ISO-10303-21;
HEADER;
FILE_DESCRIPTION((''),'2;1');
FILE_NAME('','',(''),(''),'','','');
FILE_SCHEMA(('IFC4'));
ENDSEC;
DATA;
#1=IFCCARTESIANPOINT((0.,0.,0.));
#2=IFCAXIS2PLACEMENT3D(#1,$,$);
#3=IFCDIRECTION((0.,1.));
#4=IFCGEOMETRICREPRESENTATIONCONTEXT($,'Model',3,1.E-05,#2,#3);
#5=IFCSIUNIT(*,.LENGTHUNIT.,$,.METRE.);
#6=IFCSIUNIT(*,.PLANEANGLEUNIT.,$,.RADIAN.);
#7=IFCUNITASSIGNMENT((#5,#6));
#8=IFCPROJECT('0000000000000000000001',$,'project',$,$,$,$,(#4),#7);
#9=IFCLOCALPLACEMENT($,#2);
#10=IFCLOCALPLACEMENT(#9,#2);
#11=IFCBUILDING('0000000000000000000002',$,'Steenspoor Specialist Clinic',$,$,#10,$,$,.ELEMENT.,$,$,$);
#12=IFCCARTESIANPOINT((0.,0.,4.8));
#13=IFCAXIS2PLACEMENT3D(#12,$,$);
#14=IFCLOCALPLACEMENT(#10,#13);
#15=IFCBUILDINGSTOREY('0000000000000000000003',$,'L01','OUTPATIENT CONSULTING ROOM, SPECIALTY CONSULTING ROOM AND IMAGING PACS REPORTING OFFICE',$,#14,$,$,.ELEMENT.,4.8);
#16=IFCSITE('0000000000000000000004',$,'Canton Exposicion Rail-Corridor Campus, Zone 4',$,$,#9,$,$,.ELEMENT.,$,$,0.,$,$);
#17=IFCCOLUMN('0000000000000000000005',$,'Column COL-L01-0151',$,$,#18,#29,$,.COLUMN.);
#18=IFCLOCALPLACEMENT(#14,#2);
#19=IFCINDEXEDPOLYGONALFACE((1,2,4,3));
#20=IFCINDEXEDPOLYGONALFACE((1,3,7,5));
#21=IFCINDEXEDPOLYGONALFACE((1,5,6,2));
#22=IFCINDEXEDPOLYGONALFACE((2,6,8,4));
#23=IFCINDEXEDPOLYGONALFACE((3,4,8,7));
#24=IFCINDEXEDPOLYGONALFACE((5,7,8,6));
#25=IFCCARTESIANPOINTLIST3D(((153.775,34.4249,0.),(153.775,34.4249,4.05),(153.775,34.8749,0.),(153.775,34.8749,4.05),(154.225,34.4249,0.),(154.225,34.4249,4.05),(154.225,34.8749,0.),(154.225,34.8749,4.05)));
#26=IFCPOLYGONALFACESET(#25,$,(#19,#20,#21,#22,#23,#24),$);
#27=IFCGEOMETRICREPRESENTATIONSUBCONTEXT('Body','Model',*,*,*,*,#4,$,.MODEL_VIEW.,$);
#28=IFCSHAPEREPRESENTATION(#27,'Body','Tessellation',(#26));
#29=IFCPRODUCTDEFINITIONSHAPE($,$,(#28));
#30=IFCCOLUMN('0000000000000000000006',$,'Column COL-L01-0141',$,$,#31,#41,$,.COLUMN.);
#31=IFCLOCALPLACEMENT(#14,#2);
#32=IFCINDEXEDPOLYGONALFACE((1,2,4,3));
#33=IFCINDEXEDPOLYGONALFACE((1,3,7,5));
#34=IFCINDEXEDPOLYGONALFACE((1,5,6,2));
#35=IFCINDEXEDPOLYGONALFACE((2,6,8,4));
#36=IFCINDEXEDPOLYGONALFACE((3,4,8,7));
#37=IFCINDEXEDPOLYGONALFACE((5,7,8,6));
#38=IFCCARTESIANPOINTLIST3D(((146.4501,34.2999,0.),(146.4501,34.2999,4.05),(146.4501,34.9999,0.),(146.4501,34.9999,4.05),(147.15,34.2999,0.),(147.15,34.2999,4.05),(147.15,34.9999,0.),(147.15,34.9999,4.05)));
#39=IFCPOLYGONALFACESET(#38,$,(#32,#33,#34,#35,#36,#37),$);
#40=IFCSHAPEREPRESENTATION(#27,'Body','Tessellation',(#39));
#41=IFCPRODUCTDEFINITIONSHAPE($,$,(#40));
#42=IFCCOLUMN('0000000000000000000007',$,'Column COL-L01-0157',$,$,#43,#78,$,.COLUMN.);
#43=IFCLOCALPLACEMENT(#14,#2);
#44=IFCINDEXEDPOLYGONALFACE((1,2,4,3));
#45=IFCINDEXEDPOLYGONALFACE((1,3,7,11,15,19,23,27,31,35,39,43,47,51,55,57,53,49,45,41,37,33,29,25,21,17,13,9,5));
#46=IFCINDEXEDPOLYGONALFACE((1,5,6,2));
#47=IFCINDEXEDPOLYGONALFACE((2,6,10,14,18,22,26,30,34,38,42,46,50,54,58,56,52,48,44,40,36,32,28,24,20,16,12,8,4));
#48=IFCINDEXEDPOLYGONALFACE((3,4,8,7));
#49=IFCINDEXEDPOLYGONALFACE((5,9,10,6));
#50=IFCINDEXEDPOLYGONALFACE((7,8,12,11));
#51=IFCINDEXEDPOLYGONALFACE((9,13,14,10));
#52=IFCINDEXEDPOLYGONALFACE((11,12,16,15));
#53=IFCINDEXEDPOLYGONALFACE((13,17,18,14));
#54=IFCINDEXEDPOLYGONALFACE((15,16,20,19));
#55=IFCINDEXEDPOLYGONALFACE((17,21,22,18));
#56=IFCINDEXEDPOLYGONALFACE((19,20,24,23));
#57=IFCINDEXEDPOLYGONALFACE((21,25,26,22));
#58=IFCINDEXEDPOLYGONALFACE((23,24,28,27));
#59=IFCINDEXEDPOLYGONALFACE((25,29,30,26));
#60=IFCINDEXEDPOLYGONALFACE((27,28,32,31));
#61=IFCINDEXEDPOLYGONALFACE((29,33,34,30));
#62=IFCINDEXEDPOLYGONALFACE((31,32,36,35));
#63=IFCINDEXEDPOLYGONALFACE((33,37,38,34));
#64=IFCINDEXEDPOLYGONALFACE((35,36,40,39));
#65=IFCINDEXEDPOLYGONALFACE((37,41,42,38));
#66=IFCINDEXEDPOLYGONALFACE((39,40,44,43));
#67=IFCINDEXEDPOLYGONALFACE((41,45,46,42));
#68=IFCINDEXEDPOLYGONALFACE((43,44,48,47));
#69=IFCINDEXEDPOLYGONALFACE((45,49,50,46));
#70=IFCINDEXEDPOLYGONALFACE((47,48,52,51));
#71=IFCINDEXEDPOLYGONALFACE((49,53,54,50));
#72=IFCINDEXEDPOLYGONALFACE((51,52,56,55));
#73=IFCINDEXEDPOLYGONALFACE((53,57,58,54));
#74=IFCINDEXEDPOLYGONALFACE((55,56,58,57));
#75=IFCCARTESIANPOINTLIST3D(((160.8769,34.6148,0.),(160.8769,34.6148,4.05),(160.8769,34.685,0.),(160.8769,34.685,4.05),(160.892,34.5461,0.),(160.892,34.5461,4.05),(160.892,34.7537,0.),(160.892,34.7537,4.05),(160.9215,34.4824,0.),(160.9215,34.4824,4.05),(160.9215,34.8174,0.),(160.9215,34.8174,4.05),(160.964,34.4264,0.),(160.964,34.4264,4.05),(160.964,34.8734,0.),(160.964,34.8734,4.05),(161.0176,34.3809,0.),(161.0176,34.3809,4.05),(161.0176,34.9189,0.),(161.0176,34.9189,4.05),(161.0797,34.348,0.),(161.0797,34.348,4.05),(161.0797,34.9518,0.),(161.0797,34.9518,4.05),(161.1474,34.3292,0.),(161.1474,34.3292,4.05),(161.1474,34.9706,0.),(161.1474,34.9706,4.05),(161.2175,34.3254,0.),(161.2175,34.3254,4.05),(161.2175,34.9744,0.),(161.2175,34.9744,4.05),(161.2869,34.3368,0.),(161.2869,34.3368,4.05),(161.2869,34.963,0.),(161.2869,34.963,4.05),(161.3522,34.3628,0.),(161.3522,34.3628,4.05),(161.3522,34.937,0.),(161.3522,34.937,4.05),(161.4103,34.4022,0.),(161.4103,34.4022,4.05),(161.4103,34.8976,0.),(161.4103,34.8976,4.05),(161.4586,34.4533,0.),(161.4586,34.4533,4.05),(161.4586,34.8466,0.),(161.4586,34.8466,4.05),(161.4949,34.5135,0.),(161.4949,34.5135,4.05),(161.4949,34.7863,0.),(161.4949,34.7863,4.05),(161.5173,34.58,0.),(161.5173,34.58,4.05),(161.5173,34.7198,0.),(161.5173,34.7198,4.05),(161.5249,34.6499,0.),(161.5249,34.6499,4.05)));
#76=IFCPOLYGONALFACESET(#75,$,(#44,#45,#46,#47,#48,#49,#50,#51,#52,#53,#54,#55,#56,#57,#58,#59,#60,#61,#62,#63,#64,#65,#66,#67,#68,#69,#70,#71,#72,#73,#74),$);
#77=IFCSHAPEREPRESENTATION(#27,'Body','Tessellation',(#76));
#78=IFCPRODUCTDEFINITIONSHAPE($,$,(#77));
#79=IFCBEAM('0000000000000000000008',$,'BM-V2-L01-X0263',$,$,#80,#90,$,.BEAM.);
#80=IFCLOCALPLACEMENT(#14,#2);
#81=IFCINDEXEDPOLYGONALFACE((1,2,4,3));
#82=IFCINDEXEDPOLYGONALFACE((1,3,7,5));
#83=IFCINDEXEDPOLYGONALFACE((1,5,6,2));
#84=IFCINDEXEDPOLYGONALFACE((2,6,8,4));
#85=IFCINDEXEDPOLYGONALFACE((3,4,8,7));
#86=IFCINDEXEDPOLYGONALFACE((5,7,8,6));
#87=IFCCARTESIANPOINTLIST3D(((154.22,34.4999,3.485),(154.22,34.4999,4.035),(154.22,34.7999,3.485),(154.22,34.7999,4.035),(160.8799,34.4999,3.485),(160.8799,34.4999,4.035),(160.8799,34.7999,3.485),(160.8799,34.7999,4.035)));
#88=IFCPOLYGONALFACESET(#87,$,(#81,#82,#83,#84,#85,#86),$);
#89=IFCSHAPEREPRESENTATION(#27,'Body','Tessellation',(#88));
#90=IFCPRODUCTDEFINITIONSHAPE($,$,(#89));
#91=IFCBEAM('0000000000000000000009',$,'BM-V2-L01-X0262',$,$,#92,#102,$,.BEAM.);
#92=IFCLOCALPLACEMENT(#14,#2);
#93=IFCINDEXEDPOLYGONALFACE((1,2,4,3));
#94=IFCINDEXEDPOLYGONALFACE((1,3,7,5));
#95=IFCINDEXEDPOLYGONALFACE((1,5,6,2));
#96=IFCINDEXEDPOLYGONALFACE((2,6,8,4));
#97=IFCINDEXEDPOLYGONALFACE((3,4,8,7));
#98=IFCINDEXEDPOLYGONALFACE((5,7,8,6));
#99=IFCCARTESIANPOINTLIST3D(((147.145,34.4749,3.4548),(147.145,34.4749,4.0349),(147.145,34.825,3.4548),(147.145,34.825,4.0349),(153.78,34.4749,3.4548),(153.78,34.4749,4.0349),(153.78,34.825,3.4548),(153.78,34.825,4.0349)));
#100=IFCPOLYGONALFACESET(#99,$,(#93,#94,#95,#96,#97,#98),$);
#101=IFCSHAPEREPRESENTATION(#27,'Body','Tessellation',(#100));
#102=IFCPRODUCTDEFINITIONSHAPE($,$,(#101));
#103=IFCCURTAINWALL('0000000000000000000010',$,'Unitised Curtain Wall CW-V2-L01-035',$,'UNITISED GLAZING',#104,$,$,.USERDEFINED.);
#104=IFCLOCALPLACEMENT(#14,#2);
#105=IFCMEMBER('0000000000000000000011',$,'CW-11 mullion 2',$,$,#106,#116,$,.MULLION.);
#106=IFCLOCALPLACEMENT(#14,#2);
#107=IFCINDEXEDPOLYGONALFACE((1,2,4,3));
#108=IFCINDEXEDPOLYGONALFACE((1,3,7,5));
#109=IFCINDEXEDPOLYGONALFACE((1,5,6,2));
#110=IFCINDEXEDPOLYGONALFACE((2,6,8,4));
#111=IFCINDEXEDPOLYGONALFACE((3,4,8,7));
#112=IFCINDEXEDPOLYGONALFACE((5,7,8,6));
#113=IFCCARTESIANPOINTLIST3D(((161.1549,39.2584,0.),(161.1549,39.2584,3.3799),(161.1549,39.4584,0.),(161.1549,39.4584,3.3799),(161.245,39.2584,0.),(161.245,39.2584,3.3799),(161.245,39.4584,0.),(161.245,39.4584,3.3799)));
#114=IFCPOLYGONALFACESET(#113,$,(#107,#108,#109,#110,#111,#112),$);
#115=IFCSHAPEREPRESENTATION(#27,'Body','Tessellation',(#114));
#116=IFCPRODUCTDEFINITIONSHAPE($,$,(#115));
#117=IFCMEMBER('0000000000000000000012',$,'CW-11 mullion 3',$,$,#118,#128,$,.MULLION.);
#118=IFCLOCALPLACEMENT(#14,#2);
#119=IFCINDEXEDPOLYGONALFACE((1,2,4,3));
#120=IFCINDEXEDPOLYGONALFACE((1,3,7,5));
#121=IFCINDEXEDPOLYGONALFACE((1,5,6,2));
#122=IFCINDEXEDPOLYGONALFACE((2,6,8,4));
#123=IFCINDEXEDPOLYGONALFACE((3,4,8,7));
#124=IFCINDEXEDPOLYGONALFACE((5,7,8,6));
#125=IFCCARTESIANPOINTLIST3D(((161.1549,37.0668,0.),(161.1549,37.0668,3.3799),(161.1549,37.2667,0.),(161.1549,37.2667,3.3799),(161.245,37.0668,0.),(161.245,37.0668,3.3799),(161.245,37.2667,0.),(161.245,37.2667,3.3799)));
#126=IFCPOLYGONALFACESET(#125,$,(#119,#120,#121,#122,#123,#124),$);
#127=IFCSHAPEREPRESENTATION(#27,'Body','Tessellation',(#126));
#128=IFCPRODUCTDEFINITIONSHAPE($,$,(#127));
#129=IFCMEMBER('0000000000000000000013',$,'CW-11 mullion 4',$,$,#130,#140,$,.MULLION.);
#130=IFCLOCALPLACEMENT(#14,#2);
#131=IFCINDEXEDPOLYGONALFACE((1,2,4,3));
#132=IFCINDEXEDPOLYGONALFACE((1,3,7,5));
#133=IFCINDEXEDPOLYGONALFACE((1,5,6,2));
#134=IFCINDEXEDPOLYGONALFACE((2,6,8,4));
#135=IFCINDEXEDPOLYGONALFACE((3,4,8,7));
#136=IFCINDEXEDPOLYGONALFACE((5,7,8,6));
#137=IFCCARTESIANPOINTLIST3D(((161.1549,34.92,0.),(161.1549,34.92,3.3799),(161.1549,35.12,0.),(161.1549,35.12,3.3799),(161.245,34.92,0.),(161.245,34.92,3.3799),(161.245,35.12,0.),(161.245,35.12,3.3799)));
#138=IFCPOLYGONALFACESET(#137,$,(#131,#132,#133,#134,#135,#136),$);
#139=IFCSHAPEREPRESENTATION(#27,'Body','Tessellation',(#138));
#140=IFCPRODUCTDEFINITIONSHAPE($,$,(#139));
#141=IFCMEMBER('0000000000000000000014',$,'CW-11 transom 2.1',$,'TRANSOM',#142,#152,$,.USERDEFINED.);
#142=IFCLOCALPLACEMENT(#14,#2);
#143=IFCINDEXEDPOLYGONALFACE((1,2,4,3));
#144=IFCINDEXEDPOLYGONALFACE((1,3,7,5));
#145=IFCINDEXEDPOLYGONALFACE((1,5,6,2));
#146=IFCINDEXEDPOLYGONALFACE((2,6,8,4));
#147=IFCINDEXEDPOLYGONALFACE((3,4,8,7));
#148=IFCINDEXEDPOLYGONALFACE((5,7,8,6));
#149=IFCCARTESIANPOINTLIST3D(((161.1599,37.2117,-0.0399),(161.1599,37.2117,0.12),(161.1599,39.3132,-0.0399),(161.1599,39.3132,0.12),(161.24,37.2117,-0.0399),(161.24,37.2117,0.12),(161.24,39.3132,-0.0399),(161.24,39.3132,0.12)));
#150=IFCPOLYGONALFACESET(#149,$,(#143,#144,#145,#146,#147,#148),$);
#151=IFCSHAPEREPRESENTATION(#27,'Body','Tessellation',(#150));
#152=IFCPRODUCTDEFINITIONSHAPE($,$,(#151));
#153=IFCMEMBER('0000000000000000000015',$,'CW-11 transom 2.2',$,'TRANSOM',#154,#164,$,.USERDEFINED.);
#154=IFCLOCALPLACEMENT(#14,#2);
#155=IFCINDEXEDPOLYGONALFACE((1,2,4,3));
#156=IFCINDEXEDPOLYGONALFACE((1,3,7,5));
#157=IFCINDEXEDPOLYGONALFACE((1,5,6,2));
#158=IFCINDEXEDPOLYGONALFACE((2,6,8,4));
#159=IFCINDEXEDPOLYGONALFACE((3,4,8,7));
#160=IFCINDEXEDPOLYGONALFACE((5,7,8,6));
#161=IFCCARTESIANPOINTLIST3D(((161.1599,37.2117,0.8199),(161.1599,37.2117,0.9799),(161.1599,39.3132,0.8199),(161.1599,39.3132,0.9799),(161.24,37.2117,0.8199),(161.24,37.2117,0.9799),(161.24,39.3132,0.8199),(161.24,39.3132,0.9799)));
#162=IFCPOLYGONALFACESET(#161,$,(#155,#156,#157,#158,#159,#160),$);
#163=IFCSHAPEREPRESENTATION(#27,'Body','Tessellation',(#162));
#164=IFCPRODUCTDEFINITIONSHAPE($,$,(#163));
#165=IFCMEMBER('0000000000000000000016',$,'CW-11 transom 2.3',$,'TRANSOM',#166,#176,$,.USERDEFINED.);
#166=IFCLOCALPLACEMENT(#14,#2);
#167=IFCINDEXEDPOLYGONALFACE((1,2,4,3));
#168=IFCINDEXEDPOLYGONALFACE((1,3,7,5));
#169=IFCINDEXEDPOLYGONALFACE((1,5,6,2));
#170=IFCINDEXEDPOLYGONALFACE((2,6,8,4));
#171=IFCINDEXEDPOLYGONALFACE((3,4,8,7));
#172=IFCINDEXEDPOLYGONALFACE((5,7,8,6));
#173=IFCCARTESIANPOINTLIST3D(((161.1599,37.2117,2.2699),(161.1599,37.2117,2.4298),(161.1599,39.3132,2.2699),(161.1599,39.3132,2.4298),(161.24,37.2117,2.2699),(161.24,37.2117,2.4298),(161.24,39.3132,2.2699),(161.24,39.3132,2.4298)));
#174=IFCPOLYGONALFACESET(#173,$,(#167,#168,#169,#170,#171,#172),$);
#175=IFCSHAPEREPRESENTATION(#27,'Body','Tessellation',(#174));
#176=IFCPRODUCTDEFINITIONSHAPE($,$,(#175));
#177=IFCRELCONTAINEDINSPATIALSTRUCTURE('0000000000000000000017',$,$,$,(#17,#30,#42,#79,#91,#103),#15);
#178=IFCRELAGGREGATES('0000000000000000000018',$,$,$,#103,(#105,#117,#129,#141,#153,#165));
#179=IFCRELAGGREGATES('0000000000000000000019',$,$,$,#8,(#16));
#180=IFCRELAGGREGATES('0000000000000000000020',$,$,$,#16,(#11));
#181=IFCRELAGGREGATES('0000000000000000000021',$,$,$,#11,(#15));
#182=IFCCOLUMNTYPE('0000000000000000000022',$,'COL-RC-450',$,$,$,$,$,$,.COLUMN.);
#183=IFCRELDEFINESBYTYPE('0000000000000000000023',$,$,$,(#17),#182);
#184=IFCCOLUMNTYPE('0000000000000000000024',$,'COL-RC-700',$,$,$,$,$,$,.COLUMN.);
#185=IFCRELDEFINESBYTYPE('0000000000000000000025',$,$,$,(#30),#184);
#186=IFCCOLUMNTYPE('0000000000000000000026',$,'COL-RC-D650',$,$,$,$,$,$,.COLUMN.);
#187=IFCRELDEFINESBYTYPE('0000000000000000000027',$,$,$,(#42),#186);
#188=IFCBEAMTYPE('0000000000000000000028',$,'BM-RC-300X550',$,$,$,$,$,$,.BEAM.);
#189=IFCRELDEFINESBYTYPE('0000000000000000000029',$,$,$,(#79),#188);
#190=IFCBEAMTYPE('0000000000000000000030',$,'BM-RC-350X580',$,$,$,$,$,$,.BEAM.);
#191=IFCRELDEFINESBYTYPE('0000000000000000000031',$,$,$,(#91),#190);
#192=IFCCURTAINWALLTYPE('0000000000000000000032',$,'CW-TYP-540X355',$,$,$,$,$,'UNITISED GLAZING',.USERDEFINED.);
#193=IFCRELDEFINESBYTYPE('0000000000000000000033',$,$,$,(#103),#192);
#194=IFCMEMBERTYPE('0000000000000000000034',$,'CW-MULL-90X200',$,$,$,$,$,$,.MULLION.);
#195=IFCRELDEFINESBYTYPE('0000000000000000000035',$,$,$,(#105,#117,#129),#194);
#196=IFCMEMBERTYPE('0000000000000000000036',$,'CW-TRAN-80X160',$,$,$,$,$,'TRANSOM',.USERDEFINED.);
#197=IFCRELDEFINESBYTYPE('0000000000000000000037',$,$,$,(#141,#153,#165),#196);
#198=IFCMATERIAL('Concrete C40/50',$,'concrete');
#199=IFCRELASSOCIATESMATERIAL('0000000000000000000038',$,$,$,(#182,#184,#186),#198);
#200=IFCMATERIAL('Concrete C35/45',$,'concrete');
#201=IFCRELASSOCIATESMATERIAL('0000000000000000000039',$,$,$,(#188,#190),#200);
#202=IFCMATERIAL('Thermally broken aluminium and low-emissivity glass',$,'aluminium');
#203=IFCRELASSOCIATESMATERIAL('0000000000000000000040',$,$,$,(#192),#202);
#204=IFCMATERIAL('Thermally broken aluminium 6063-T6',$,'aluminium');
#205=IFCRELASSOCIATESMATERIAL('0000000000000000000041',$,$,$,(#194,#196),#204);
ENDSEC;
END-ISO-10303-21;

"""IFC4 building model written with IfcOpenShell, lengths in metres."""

from ifc_helpers import new_model, si_unit, direction, frame, origin, origin_2d, place, context, subcontext, project, spatial, rectangle, circle, extrude, material, material_profile, profile_set, type_object, element, aggregate, save


model = new_model("IFC4")

# Units and contexts
model_context = context("Model", 3, precision=1e-05, world=origin(), true_north=direction((0.0, 1.0)))
body_context = subcontext(model_context, "Body", "Model", "MODEL_VIEW")
ifc_project = project(units=[si_unit("LENGTHUNIT", "METRE"), si_unit("PLANEANGLEUNIT", "RADIAN")], contexts=[model_context])

# Site, building, storey
site_placement = place(None, origin())
site = spatial("IfcSite", under=ifc_project, at=site_placement, Name="Canton Exposicion Rail-Corridor Campus, Zone 4", CompositionType="ELEMENT", RefElevation=0.0)
building_placement = place(site_placement, origin())
building = spatial("IfcBuilding", under=site, at=building_placement, Name="Steenspoor Specialist Clinic", CompositionType="ELEMENT")
storey_placement = place(building_placement, frame((0.0, 0.0, 4.8)))
storey = spatial("IfcBuildingStorey", under=building, at=storey_placement, Name="L01", Description="OUTPATIENT CONSULTING ROOM, SPECIALTY CONSULTING ROOM AND IMAGING PACS REPORTING OFFICE", CompositionType="ELEMENT", Elevation=4.8)

# Columns
ifc_material_1 = material(Name="Concrete C40/50", Category="concrete")
ifc_material_profile_1 = material_profile(ifc_material_1, rectangle(XDim=0.45, YDim=0.45, at=origin_2d()), Name="RC-COL-450X450")
ifc_profile_set_1 = profile_set([ifc_material_profile_1], Name="Concrete C40/50")
column_type_1 = type_object("IfcColumnType", Name="COL-RC-450", PredefinedType="COLUMN", material=ifc_profile_set_1)
column_1_placement = place(storey_placement, frame((154.0, 34.6499, 0.0), z_axis=(0.0, 0.0, 1.0), x_axis=(1.0, 0.0, 0.0)))
element("IfcColumn", 1, at=column_1_placement, inside=storey, type_object=column_type_1, Name="Column COL-L01-0151", PredefinedType="COLUMN", context=body_context, shape_type="SweptSolid", body=[
    extrude(rectangle(XDim=0.45, YDim=0.45, at=origin_2d()), origin(), (0.0, 0.0, 1.0), 4.05),
])
ifc_material_profile_2 = material_profile(ifc_material_1, rectangle(XDim=0.7, YDim=0.7, at=origin_2d()), Name="RC-COL-700X700")
ifc_profile_set_2 = profile_set([ifc_material_profile_2], Name="Concrete C40/50")
column_type_2 = type_object("IfcColumnType", Name="COL-RC-700", PredefinedType="COLUMN", material=ifc_profile_set_2)
column_2_placement = place(storey_placement, frame((146.8, 34.6499, 0.0), z_axis=(0.0, 0.0, 1.0), x_axis=(1.0, 0.0, 0.0)))
element("IfcColumn", 2, at=column_2_placement, inside=storey, type_object=column_type_2, Name="Column COL-L01-0141", PredefinedType="COLUMN", context=body_context, shape_type="SweptSolid", body=[
    extrude(rectangle(XDim=0.7, YDim=0.7, at=origin_2d()), origin(), (0.0, 0.0, 1.0), 4.05),
])
ifc_material_profile_3 = material_profile(ifc_material_1, circle(Radius=0.325, at=origin_2d()), Name="RC-COL-D650")
ifc_profile_set_3 = profile_set([ifc_material_profile_3], Name="Concrete C40/50")
column_type_3 = type_object("IfcColumnType", Name="COL-RC-D650", PredefinedType="COLUMN", material=ifc_profile_set_3)
column_3_placement = place(storey_placement, frame((161.2, 34.6499, 0.0), z_axis=(0.0, 0.0, 1.0), x_axis=(1.0, 0.0, 0.0)))
element("IfcColumn", 3, at=column_3_placement, inside=storey, type_object=column_type_3, Name="Column COL-L01-0157", PredefinedType="COLUMN", context=body_context, shape_type="SweptSolid", body=[
    extrude(circle(Radius=0.325, at=origin_2d()), origin(), (0.0, 0.0, 1.0), 4.05),
])

# Beams
ifc_material_2 = material(Name="Concrete C35/45", Category="concrete")
ifc_material_profile_4 = material_profile(ifc_material_2, rectangle(XDim=0.3, YDim=0.55, at=origin_2d()), Name="RC-BM-300X550")
ifc_profile_set_4 = profile_set([ifc_material_profile_4], Name="Concrete C35/45")
beam_type_1 = type_object("IfcBeamType", Name="BM-RC-300X550", PredefinedType="BEAM", material=ifc_profile_set_4)
beam_1_placement = place(storey_placement, frame((154.22, 34.6499, 3.76), z_axis=(1.0, 0.0, 0.0), x_axis=(0.0, 1.0, 0.0)))
element("IfcBeam", 4, at=beam_1_placement, inside=storey, type_object=beam_type_1, Name="BM-V2-L01-X0263", PredefinedType="BEAM", context=body_context, shape_type="SweptSolid", body=[
    extrude(rectangle(XDim=0.3, YDim=0.55, at=origin_2d()), origin(), (0.0, 0.0, 1.0), 6.6599),
])
ifc_material_profile_5 = material_profile(ifc_material_2, rectangle(XDim=0.3501, YDim=0.5801, at=origin_2d()), Name="RC-BM-350X580")
ifc_profile_set_5 = profile_set([ifc_material_profile_5], Name="Concrete C35/45")
beam_type_2 = type_object("IfcBeamType", Name="BM-RC-350X580", PredefinedType="BEAM", material=ifc_profile_set_5)
beam_2_placement = place(storey_placement, frame((147.145, 34.6499, 3.7449), z_axis=(1.0, 0.0, 0.0), x_axis=(0.0, 1.0, 0.0)))
element("IfcBeam", 5, at=beam_2_placement, inside=storey, type_object=beam_type_2, Name="BM-V2-L01-X0262", PredefinedType="BEAM", context=body_context, shape_type="SweptSolid", body=[
    extrude(rectangle(XDim=0.3501, YDim=0.5801, at=origin_2d()), origin(), (0.0, 0.0, 1.0), 6.635),
])

# Curtain wall, members
ifc_material_3 = material(Name="Thermally broken aluminium and low-emissivity glass", Category="aluminium")
curtain_wall_type = type_object("IfcCurtainWallType", Name="CW-TYP-540X355", ElementType="UNITISED GLAZING", PredefinedType="USERDEFINED", material=ifc_material_3)
curtain_wall_placement = place(storey_placement, origin())
curtain_wall = element("IfcCurtainWall", 6, at=curtain_wall_placement, inside=storey, type_object=curtain_wall_type, Name="Unitised Curtain Wall CW-V2-L01-035", ObjectType="UNITISED GLAZING", PredefinedType="USERDEFINED")
ifc_material_4 = material(Name="Thermally broken aluminium 6063-T6", Category="aluminium")
ifc_material_profile_6 = material_profile(ifc_material_4, rectangle(XDim=0.0901, YDim=0.2, at=origin_2d()), Name="CWM-90X200")
ifc_profile_set_6 = profile_set([ifc_material_profile_6], Name="Thermally broken aluminium 6063-T6")
member_type_1 = type_object("IfcMemberType", Name="CW-MULL-90X200", PredefinedType="MULLION", material=ifc_profile_set_6)
member_1_placement = place(storey_placement, frame((161.2, 39.3584, 0.0), z_axis=(0.0, 0.0, 1.0), x_axis=(1.0, 0.0, 0.0)))
member_1 = element("IfcMember", 7, at=member_1_placement, type_object=member_type_1, Name="CW-11 mullion 2", PredefinedType="MULLION", context=body_context, shape_type="SweptSolid", body=[
    extrude(rectangle(XDim=0.0901, YDim=0.2, at=origin_2d()), origin(), (0.0, 0.0, 1.0), 3.3799),
])
member_2_placement = place(storey_placement, frame((161.2, 37.1667, 0.0), z_axis=(0.0, 0.0, 1.0), x_axis=(1.0, 0.0, 0.0)))
member_2 = element("IfcMember", 8, at=member_2_placement, type_object=member_type_1, Name="CW-11 mullion 3", PredefinedType="MULLION", context=body_context, shape_type="SweptSolid", body=[
    extrude(rectangle(XDim=0.0901, YDim=0.2, at=origin_2d()), origin(), (0.0, 0.0, 1.0), 3.3799),
])
member_3_placement = place(storey_placement, frame((161.2, 35.02, 0.0), z_axis=(0.0, 0.0, 1.0), x_axis=(1.0, 0.0, 0.0)))
member_3 = element("IfcMember", 9, at=member_3_placement, type_object=member_type_1, Name="CW-11 mullion 4", PredefinedType="MULLION", context=body_context, shape_type="SweptSolid", body=[
    extrude(rectangle(XDim=0.0901, YDim=0.2, at=origin_2d()), origin(), (0.0, 0.0, 1.0), 3.3799),
])
ifc_material_profile_7 = material_profile(ifc_material_4, rectangle(XDim=0.0801, YDim=0.1599, at=origin_2d()), Name="CWT-80X160")
ifc_profile_set_7 = profile_set([ifc_material_profile_7], Name="Thermally broken aluminium 6063-T6")
member_type_2 = type_object("IfcMemberType", Name="CW-TRAN-80X160", ElementType="TRANSOM", PredefinedType="USERDEFINED", material=ifc_profile_set_7)
member_4_placement = place(storey_placement, frame((161.2, 39.3132, 0.04), z_axis=(0.0, -1.0, 0.0), x_axis=(1.0, 0.0, 0.0)))
member_4 = element("IfcMember", 10, at=member_4_placement, type_object=member_type_2, Name="CW-11 transom 2.1", ObjectType="TRANSOM", PredefinedType="USERDEFINED", context=body_context, shape_type="SweptSolid", body=[
    extrude(rectangle(XDim=0.0801, YDim=0.1599, at=origin_2d()), origin(), (0.0, 0.0, 1.0), 2.1016),
])
member_5_placement = place(storey_placement, frame((161.2, 39.3132, 0.8999), z_axis=(0.0, -1.0, 0.0), x_axis=(1.0, 0.0, 0.0)))
member_5 = element("IfcMember", 11, at=member_5_placement, type_object=member_type_2, Name="CW-11 transom 2.2", ObjectType="TRANSOM", PredefinedType="USERDEFINED", context=body_context, shape_type="SweptSolid", body=[
    extrude(rectangle(XDim=0.0801, YDim=0.1599, at=origin_2d()), origin(), (0.0, 0.0, 1.0), 2.1016),
])
member_6_placement = place(storey_placement, frame((161.2, 39.3132, 2.3499), z_axis=(0.0, -1.0, 0.0), x_axis=(1.0, 0.0, 0.0)))
member_6 = element("IfcMember", 12, at=member_6_placement, type_object=member_type_2, Name="CW-11 transom 2.3", ObjectType="TRANSOM", PredefinedType="USERDEFINED", context=body_context, shape_type="SweptSolid", body=[
    extrude(rectangle(XDim=0.0801, YDim=0.1599, at=origin_2d()), origin(), (0.0, 0.0, 1.0), 2.1016),
])
aggregate(curtain_wall, [member_1, member_2, member_3, member_4, member_5, member_6])

save(model, "model.ifc")
